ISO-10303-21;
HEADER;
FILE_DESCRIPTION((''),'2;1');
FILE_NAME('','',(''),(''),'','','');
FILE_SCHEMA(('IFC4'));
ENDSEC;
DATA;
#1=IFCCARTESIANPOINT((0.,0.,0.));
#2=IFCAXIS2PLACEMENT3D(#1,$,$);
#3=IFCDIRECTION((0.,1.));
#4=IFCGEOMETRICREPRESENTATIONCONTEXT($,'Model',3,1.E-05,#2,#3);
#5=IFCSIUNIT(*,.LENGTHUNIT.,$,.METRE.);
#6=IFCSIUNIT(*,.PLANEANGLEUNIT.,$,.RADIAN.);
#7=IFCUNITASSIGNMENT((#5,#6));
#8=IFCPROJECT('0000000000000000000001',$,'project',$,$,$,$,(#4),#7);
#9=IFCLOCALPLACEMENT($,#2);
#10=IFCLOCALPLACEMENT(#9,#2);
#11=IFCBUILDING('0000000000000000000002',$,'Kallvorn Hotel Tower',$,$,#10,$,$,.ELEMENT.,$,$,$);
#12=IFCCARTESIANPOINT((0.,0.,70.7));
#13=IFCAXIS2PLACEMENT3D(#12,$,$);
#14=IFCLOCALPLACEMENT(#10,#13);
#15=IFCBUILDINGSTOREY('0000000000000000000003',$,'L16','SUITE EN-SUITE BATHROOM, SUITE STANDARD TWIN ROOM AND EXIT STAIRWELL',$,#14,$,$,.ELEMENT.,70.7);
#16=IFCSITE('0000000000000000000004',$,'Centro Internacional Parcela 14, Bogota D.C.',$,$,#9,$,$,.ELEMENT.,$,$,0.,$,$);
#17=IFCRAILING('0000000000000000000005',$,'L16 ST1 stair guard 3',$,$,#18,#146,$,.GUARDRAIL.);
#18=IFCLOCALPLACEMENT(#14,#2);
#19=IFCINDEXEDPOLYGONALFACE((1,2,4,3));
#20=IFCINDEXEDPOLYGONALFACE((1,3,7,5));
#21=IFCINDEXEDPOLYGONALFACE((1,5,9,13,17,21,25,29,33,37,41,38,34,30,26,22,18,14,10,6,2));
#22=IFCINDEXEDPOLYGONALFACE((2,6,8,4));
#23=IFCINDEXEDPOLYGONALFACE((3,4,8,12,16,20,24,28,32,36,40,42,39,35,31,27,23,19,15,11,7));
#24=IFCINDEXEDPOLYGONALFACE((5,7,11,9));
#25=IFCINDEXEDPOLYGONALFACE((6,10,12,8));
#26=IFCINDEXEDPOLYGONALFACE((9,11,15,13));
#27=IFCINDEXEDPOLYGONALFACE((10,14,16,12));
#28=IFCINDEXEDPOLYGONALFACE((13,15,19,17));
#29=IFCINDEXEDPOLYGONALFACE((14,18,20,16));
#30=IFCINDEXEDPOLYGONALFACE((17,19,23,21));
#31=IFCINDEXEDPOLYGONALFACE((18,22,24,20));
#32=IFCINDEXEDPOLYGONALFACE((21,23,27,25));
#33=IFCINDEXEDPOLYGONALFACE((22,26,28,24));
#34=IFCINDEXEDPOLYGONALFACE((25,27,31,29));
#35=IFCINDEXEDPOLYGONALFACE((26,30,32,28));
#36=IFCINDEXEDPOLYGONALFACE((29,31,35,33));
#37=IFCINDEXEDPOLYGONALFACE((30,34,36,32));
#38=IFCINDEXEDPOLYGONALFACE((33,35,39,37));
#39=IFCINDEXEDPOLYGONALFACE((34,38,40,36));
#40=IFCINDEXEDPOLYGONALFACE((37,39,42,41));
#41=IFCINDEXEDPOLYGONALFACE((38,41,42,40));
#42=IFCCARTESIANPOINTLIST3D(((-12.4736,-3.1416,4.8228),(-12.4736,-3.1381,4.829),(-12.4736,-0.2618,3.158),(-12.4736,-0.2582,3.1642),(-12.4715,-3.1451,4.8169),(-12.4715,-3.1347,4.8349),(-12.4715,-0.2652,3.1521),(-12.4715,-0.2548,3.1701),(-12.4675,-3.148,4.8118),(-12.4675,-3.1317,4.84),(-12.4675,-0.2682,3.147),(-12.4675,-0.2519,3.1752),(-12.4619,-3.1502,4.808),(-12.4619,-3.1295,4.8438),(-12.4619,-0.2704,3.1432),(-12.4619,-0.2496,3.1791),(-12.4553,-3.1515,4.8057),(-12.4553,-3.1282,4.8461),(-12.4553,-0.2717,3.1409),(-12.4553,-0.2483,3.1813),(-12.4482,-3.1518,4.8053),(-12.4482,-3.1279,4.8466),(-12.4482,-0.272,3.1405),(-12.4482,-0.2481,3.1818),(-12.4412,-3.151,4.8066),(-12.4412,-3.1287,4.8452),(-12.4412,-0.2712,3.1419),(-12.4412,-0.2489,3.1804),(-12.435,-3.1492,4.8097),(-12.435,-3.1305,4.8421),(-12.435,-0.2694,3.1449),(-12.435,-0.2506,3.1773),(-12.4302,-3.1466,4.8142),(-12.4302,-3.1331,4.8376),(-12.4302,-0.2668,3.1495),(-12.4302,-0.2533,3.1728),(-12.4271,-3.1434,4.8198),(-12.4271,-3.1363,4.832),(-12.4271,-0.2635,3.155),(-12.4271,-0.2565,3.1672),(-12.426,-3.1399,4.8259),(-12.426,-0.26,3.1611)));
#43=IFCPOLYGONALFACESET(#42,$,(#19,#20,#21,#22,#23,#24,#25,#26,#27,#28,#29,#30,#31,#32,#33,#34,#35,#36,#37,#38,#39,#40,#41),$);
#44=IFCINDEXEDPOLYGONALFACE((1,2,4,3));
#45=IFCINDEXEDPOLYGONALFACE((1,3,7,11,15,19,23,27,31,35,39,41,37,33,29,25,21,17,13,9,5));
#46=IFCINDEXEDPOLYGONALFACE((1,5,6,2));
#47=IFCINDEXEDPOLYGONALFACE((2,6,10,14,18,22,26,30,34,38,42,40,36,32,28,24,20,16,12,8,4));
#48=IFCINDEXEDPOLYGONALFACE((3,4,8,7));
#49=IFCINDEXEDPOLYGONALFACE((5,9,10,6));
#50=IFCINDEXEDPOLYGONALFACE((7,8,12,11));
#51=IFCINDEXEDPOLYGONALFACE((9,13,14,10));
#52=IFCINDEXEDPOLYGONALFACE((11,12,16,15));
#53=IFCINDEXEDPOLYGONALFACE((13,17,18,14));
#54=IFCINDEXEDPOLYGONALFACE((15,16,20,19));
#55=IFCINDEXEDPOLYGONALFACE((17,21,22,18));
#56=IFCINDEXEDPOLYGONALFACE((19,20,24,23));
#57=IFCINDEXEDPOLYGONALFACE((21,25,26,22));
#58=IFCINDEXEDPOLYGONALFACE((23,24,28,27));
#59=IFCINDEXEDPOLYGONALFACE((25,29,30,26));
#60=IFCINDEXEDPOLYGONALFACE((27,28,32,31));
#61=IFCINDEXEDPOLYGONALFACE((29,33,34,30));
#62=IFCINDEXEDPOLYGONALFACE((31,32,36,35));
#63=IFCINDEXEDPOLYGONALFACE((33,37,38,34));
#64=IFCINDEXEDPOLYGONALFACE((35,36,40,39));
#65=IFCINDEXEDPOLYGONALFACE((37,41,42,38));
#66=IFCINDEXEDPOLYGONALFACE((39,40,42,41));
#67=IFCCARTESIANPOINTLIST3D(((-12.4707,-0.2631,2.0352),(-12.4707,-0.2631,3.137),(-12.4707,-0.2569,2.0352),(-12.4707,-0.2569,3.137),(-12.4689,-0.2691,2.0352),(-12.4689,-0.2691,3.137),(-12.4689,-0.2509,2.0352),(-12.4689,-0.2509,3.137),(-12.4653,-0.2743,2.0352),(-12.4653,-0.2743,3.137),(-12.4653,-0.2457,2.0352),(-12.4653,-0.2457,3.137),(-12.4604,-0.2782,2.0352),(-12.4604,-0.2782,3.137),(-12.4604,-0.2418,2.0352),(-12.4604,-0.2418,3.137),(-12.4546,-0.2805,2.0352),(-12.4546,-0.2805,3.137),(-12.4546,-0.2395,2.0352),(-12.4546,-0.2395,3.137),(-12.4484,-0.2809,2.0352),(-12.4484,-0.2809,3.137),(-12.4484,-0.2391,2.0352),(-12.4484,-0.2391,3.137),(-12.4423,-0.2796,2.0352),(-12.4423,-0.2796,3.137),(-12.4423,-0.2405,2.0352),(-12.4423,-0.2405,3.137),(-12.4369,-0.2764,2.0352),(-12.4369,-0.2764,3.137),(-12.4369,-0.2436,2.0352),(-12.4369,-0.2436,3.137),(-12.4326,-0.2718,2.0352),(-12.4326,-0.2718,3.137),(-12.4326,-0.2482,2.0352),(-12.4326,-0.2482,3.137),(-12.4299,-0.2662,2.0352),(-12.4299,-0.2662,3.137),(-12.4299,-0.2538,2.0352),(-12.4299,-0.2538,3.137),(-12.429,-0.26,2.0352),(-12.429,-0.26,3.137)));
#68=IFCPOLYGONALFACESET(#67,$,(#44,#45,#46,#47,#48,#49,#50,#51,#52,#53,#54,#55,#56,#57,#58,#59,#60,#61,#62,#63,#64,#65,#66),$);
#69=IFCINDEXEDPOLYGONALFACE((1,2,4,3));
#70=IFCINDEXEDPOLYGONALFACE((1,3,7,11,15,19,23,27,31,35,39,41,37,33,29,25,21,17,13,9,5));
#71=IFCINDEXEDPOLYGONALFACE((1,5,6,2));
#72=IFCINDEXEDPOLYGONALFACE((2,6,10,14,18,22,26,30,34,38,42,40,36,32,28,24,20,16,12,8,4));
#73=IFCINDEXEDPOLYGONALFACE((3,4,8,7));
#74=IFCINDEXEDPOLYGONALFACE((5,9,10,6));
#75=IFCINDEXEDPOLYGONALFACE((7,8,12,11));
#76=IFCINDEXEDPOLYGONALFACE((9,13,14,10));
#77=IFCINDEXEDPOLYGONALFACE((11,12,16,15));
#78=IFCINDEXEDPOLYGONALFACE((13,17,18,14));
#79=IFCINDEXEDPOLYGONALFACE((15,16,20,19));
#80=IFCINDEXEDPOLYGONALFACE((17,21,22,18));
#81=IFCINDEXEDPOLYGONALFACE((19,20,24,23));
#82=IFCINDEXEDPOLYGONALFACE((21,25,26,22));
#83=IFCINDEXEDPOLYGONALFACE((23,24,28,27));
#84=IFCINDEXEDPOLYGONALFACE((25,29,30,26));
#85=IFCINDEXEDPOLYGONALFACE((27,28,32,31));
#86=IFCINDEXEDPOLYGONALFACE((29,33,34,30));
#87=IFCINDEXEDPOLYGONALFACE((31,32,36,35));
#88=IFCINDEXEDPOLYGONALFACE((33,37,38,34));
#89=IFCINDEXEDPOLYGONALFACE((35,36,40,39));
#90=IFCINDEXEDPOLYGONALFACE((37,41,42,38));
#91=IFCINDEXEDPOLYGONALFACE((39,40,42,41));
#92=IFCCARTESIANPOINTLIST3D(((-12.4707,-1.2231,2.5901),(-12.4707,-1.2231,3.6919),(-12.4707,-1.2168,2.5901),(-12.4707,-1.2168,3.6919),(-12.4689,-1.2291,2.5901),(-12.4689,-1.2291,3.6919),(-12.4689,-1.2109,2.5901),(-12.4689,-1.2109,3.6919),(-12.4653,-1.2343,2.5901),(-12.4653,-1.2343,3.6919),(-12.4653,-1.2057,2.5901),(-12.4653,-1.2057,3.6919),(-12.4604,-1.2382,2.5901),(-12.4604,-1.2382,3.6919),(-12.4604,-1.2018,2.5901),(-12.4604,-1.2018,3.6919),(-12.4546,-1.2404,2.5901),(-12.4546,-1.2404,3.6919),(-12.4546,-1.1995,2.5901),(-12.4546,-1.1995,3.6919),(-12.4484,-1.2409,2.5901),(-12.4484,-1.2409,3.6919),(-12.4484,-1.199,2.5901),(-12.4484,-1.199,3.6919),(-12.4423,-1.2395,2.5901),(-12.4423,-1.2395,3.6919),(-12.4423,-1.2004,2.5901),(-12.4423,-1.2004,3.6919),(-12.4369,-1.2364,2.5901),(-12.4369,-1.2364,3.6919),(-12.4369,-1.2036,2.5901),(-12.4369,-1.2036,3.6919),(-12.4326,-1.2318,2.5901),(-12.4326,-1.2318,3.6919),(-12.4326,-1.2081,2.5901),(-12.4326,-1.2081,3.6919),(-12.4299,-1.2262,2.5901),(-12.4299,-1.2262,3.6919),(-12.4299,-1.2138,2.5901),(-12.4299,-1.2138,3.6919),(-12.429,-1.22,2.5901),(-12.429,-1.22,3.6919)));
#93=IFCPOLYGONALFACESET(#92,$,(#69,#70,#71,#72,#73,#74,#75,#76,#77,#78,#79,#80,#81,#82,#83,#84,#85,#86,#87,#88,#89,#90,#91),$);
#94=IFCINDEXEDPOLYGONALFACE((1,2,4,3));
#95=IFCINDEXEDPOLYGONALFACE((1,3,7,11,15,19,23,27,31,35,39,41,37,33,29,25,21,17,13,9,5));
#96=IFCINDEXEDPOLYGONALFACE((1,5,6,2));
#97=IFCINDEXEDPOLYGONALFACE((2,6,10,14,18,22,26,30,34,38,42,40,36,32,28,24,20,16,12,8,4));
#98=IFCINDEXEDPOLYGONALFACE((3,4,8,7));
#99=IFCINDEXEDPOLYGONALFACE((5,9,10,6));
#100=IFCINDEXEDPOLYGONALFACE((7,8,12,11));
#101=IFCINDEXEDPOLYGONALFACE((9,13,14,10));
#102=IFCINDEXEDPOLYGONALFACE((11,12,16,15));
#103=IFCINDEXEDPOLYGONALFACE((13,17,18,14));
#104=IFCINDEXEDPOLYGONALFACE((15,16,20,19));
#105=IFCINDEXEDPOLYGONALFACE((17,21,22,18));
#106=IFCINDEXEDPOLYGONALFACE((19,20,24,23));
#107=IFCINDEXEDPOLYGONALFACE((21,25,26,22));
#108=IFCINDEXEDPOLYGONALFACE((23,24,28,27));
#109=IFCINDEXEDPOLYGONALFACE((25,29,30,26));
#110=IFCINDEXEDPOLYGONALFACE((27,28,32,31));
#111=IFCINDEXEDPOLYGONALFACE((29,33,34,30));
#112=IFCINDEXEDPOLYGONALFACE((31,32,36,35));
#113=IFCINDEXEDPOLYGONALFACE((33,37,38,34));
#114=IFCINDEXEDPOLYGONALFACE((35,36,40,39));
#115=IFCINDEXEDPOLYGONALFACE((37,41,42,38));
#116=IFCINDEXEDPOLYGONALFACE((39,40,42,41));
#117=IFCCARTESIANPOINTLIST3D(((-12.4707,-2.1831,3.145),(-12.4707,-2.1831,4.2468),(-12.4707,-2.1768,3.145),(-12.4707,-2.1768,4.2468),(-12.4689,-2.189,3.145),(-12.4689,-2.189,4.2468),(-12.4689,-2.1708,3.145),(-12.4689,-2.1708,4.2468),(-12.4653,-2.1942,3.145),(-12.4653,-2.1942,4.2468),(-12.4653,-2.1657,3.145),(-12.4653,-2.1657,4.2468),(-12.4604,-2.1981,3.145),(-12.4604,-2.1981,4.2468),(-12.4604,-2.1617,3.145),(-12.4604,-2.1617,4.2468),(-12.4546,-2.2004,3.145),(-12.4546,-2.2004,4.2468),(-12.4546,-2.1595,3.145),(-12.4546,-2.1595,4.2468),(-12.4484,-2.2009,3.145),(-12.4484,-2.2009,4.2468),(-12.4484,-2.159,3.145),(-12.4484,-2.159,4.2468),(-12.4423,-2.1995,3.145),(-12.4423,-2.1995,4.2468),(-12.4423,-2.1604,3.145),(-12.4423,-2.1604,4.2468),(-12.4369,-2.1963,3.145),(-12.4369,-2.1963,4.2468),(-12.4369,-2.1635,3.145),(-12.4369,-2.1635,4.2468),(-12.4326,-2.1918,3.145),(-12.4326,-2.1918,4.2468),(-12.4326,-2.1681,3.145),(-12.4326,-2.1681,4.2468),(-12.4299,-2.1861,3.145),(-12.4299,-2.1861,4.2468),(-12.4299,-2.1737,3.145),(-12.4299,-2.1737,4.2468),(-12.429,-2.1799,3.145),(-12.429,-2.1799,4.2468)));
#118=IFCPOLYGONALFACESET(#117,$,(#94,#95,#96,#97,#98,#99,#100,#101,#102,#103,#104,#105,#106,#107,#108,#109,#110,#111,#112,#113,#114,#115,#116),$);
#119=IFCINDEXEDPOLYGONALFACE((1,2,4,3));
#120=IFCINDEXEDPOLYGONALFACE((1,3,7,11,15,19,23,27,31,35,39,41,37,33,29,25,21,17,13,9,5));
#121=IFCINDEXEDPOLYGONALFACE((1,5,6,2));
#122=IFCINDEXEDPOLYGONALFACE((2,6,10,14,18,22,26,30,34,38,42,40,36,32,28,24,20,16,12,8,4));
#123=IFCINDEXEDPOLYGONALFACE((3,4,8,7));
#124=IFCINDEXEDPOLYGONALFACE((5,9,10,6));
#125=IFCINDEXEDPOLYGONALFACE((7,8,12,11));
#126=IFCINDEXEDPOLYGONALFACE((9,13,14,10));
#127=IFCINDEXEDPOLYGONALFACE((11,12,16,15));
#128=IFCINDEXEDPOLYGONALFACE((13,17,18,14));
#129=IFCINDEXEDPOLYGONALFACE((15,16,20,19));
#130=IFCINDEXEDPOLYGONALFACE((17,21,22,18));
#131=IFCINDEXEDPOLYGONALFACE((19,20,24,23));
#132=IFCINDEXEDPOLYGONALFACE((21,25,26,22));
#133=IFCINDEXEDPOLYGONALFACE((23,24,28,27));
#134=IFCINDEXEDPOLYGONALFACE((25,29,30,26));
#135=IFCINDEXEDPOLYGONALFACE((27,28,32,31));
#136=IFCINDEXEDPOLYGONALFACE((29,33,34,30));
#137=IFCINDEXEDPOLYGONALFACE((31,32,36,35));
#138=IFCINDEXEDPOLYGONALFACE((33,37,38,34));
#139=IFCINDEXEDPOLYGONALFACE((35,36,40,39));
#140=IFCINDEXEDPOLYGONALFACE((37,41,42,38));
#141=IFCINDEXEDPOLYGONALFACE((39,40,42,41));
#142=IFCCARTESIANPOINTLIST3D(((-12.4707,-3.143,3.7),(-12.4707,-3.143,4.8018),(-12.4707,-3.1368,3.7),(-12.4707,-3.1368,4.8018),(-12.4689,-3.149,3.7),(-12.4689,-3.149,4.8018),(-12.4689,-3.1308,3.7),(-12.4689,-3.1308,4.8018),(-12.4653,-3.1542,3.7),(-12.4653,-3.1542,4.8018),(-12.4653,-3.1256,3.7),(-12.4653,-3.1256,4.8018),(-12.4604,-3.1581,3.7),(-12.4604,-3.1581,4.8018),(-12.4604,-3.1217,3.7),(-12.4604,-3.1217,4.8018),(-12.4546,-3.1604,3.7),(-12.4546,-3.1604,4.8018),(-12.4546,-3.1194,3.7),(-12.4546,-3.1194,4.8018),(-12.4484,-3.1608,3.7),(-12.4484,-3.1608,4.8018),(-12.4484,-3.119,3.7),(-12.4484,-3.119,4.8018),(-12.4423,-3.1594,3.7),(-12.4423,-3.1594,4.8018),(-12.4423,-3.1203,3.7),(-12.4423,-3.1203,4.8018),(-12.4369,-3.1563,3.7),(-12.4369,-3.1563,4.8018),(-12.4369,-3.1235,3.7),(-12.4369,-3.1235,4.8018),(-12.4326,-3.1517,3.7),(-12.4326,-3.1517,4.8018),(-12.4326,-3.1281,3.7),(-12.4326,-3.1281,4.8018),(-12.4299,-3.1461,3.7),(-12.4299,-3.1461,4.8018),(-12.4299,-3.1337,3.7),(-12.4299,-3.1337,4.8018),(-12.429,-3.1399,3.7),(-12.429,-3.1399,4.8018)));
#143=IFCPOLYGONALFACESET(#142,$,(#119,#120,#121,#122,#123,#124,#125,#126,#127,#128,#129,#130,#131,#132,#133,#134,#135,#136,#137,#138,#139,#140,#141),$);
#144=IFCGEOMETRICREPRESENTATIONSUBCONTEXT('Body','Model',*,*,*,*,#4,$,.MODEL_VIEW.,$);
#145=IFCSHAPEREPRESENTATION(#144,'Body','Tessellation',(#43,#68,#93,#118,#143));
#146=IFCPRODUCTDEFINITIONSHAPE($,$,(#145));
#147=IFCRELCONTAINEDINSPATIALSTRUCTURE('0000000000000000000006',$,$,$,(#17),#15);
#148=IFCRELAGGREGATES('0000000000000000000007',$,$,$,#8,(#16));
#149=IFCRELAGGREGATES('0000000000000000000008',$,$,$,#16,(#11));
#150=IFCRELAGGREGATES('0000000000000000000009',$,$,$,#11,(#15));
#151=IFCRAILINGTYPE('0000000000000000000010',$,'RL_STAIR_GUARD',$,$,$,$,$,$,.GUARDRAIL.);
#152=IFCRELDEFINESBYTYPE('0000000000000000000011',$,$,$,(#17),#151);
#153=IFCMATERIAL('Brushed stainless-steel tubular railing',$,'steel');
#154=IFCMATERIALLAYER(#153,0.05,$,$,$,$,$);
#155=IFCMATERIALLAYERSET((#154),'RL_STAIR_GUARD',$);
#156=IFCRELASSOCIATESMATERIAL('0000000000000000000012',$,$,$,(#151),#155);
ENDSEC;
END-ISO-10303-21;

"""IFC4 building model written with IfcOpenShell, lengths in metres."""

from ifc_helpers import new_model, si_unit, direction, frame, origin, origin_2d, place, context, subcontext, project, spatial, circle, extrude, material, layer, layer_set, type_object, element, save


model = new_model("IFC4")

# Units and contexts
model_context = context("Model", 3, precision=1e-05, world=origin(), true_north=direction((0.0, 1.0)))
body_context = subcontext(model_context, "Body", "Model", "MODEL_VIEW")
ifc_project = project(units=[si_unit("LENGTHUNIT", "METRE"), si_unit("PLANEANGLEUNIT", "RADIAN")], contexts=[model_context])

# Site, building, storey
site_placement = place(None, origin())
site = spatial("IfcSite", under=ifc_project, at=site_placement, Name="Centro Internacional Parcela 14, Bogota D.C.", CompositionType="ELEMENT", RefElevation=0.0)
building_placement = place(site_placement, origin())
building = spatial("IfcBuilding", under=site, at=building_placement, Name="Kallvorn Hotel Tower", CompositionType="ELEMENT")
storey_placement = place(building_placement, frame((0.0, 0.0, 70.7)))
storey = spatial("IfcBuildingStorey", under=building, at=storey_placement, Name="L16", Description="SUITE EN-SUITE BATHROOM, SUITE STANDARD TWIN ROOM AND EXIT STAIRWELL", CompositionType="ELEMENT", Elevation=70.7)

# Railing
ifc_material_1 = material(Name="Brushed stainless-steel tubular railing", Category="steel")
ifc_layer_1 = layer(ifc_material_1, 0.05)
ifc_layer_set_1 = layer_set([ifc_layer_1], Name="RL_STAIR_GUARD")
railing_type = type_object("IfcRailingType", Name="RL_STAIR_GUARD", PredefinedType="GUARDRAIL", material=ifc_layer_set_1)
railing_1_placement = place(storey_placement, frame((-12.45, -0.26, 2.0352)))
element("IfcRailing", 1, at=railing_1_placement, inside=storey, type_object=railing_type, Name="L16 ST1 stair guard 3", PredefinedType="GUARDRAIL", context=body_context, shape_type="SweptSolid", body=[
    extrude(circle(Radius=0.0239, at=origin_2d()), frame((0.0, 0.0, 1.126), z_axis=(0.0, -0.865753, 0.500472), x_axis=(1.0, 0.0, 0.0)), (0.0, 0.0, 1.0), 3.3264),
    extrude(circle(Radius=0.021, at=origin_2d()), origin(), (0.0, 0.0, 1.0), 1.1018),
    extrude(circle(Radius=0.021, at=origin_2d()), frame((0.0, -0.96, 0.5549)), (0.0, 0.0, 1.0), 1.1018),
    extrude(circle(Radius=0.021, at=origin_2d()), frame((0.0, -1.9199, 1.1099)), (0.0, 0.0, 1.0), 1.1018),
    extrude(circle(Radius=0.021, at=origin_2d()), frame((0.0, -2.8799, 1.6648)), (0.0, 0.0, 1.0), 1.1018),
])

save(model, "model.ifc")
